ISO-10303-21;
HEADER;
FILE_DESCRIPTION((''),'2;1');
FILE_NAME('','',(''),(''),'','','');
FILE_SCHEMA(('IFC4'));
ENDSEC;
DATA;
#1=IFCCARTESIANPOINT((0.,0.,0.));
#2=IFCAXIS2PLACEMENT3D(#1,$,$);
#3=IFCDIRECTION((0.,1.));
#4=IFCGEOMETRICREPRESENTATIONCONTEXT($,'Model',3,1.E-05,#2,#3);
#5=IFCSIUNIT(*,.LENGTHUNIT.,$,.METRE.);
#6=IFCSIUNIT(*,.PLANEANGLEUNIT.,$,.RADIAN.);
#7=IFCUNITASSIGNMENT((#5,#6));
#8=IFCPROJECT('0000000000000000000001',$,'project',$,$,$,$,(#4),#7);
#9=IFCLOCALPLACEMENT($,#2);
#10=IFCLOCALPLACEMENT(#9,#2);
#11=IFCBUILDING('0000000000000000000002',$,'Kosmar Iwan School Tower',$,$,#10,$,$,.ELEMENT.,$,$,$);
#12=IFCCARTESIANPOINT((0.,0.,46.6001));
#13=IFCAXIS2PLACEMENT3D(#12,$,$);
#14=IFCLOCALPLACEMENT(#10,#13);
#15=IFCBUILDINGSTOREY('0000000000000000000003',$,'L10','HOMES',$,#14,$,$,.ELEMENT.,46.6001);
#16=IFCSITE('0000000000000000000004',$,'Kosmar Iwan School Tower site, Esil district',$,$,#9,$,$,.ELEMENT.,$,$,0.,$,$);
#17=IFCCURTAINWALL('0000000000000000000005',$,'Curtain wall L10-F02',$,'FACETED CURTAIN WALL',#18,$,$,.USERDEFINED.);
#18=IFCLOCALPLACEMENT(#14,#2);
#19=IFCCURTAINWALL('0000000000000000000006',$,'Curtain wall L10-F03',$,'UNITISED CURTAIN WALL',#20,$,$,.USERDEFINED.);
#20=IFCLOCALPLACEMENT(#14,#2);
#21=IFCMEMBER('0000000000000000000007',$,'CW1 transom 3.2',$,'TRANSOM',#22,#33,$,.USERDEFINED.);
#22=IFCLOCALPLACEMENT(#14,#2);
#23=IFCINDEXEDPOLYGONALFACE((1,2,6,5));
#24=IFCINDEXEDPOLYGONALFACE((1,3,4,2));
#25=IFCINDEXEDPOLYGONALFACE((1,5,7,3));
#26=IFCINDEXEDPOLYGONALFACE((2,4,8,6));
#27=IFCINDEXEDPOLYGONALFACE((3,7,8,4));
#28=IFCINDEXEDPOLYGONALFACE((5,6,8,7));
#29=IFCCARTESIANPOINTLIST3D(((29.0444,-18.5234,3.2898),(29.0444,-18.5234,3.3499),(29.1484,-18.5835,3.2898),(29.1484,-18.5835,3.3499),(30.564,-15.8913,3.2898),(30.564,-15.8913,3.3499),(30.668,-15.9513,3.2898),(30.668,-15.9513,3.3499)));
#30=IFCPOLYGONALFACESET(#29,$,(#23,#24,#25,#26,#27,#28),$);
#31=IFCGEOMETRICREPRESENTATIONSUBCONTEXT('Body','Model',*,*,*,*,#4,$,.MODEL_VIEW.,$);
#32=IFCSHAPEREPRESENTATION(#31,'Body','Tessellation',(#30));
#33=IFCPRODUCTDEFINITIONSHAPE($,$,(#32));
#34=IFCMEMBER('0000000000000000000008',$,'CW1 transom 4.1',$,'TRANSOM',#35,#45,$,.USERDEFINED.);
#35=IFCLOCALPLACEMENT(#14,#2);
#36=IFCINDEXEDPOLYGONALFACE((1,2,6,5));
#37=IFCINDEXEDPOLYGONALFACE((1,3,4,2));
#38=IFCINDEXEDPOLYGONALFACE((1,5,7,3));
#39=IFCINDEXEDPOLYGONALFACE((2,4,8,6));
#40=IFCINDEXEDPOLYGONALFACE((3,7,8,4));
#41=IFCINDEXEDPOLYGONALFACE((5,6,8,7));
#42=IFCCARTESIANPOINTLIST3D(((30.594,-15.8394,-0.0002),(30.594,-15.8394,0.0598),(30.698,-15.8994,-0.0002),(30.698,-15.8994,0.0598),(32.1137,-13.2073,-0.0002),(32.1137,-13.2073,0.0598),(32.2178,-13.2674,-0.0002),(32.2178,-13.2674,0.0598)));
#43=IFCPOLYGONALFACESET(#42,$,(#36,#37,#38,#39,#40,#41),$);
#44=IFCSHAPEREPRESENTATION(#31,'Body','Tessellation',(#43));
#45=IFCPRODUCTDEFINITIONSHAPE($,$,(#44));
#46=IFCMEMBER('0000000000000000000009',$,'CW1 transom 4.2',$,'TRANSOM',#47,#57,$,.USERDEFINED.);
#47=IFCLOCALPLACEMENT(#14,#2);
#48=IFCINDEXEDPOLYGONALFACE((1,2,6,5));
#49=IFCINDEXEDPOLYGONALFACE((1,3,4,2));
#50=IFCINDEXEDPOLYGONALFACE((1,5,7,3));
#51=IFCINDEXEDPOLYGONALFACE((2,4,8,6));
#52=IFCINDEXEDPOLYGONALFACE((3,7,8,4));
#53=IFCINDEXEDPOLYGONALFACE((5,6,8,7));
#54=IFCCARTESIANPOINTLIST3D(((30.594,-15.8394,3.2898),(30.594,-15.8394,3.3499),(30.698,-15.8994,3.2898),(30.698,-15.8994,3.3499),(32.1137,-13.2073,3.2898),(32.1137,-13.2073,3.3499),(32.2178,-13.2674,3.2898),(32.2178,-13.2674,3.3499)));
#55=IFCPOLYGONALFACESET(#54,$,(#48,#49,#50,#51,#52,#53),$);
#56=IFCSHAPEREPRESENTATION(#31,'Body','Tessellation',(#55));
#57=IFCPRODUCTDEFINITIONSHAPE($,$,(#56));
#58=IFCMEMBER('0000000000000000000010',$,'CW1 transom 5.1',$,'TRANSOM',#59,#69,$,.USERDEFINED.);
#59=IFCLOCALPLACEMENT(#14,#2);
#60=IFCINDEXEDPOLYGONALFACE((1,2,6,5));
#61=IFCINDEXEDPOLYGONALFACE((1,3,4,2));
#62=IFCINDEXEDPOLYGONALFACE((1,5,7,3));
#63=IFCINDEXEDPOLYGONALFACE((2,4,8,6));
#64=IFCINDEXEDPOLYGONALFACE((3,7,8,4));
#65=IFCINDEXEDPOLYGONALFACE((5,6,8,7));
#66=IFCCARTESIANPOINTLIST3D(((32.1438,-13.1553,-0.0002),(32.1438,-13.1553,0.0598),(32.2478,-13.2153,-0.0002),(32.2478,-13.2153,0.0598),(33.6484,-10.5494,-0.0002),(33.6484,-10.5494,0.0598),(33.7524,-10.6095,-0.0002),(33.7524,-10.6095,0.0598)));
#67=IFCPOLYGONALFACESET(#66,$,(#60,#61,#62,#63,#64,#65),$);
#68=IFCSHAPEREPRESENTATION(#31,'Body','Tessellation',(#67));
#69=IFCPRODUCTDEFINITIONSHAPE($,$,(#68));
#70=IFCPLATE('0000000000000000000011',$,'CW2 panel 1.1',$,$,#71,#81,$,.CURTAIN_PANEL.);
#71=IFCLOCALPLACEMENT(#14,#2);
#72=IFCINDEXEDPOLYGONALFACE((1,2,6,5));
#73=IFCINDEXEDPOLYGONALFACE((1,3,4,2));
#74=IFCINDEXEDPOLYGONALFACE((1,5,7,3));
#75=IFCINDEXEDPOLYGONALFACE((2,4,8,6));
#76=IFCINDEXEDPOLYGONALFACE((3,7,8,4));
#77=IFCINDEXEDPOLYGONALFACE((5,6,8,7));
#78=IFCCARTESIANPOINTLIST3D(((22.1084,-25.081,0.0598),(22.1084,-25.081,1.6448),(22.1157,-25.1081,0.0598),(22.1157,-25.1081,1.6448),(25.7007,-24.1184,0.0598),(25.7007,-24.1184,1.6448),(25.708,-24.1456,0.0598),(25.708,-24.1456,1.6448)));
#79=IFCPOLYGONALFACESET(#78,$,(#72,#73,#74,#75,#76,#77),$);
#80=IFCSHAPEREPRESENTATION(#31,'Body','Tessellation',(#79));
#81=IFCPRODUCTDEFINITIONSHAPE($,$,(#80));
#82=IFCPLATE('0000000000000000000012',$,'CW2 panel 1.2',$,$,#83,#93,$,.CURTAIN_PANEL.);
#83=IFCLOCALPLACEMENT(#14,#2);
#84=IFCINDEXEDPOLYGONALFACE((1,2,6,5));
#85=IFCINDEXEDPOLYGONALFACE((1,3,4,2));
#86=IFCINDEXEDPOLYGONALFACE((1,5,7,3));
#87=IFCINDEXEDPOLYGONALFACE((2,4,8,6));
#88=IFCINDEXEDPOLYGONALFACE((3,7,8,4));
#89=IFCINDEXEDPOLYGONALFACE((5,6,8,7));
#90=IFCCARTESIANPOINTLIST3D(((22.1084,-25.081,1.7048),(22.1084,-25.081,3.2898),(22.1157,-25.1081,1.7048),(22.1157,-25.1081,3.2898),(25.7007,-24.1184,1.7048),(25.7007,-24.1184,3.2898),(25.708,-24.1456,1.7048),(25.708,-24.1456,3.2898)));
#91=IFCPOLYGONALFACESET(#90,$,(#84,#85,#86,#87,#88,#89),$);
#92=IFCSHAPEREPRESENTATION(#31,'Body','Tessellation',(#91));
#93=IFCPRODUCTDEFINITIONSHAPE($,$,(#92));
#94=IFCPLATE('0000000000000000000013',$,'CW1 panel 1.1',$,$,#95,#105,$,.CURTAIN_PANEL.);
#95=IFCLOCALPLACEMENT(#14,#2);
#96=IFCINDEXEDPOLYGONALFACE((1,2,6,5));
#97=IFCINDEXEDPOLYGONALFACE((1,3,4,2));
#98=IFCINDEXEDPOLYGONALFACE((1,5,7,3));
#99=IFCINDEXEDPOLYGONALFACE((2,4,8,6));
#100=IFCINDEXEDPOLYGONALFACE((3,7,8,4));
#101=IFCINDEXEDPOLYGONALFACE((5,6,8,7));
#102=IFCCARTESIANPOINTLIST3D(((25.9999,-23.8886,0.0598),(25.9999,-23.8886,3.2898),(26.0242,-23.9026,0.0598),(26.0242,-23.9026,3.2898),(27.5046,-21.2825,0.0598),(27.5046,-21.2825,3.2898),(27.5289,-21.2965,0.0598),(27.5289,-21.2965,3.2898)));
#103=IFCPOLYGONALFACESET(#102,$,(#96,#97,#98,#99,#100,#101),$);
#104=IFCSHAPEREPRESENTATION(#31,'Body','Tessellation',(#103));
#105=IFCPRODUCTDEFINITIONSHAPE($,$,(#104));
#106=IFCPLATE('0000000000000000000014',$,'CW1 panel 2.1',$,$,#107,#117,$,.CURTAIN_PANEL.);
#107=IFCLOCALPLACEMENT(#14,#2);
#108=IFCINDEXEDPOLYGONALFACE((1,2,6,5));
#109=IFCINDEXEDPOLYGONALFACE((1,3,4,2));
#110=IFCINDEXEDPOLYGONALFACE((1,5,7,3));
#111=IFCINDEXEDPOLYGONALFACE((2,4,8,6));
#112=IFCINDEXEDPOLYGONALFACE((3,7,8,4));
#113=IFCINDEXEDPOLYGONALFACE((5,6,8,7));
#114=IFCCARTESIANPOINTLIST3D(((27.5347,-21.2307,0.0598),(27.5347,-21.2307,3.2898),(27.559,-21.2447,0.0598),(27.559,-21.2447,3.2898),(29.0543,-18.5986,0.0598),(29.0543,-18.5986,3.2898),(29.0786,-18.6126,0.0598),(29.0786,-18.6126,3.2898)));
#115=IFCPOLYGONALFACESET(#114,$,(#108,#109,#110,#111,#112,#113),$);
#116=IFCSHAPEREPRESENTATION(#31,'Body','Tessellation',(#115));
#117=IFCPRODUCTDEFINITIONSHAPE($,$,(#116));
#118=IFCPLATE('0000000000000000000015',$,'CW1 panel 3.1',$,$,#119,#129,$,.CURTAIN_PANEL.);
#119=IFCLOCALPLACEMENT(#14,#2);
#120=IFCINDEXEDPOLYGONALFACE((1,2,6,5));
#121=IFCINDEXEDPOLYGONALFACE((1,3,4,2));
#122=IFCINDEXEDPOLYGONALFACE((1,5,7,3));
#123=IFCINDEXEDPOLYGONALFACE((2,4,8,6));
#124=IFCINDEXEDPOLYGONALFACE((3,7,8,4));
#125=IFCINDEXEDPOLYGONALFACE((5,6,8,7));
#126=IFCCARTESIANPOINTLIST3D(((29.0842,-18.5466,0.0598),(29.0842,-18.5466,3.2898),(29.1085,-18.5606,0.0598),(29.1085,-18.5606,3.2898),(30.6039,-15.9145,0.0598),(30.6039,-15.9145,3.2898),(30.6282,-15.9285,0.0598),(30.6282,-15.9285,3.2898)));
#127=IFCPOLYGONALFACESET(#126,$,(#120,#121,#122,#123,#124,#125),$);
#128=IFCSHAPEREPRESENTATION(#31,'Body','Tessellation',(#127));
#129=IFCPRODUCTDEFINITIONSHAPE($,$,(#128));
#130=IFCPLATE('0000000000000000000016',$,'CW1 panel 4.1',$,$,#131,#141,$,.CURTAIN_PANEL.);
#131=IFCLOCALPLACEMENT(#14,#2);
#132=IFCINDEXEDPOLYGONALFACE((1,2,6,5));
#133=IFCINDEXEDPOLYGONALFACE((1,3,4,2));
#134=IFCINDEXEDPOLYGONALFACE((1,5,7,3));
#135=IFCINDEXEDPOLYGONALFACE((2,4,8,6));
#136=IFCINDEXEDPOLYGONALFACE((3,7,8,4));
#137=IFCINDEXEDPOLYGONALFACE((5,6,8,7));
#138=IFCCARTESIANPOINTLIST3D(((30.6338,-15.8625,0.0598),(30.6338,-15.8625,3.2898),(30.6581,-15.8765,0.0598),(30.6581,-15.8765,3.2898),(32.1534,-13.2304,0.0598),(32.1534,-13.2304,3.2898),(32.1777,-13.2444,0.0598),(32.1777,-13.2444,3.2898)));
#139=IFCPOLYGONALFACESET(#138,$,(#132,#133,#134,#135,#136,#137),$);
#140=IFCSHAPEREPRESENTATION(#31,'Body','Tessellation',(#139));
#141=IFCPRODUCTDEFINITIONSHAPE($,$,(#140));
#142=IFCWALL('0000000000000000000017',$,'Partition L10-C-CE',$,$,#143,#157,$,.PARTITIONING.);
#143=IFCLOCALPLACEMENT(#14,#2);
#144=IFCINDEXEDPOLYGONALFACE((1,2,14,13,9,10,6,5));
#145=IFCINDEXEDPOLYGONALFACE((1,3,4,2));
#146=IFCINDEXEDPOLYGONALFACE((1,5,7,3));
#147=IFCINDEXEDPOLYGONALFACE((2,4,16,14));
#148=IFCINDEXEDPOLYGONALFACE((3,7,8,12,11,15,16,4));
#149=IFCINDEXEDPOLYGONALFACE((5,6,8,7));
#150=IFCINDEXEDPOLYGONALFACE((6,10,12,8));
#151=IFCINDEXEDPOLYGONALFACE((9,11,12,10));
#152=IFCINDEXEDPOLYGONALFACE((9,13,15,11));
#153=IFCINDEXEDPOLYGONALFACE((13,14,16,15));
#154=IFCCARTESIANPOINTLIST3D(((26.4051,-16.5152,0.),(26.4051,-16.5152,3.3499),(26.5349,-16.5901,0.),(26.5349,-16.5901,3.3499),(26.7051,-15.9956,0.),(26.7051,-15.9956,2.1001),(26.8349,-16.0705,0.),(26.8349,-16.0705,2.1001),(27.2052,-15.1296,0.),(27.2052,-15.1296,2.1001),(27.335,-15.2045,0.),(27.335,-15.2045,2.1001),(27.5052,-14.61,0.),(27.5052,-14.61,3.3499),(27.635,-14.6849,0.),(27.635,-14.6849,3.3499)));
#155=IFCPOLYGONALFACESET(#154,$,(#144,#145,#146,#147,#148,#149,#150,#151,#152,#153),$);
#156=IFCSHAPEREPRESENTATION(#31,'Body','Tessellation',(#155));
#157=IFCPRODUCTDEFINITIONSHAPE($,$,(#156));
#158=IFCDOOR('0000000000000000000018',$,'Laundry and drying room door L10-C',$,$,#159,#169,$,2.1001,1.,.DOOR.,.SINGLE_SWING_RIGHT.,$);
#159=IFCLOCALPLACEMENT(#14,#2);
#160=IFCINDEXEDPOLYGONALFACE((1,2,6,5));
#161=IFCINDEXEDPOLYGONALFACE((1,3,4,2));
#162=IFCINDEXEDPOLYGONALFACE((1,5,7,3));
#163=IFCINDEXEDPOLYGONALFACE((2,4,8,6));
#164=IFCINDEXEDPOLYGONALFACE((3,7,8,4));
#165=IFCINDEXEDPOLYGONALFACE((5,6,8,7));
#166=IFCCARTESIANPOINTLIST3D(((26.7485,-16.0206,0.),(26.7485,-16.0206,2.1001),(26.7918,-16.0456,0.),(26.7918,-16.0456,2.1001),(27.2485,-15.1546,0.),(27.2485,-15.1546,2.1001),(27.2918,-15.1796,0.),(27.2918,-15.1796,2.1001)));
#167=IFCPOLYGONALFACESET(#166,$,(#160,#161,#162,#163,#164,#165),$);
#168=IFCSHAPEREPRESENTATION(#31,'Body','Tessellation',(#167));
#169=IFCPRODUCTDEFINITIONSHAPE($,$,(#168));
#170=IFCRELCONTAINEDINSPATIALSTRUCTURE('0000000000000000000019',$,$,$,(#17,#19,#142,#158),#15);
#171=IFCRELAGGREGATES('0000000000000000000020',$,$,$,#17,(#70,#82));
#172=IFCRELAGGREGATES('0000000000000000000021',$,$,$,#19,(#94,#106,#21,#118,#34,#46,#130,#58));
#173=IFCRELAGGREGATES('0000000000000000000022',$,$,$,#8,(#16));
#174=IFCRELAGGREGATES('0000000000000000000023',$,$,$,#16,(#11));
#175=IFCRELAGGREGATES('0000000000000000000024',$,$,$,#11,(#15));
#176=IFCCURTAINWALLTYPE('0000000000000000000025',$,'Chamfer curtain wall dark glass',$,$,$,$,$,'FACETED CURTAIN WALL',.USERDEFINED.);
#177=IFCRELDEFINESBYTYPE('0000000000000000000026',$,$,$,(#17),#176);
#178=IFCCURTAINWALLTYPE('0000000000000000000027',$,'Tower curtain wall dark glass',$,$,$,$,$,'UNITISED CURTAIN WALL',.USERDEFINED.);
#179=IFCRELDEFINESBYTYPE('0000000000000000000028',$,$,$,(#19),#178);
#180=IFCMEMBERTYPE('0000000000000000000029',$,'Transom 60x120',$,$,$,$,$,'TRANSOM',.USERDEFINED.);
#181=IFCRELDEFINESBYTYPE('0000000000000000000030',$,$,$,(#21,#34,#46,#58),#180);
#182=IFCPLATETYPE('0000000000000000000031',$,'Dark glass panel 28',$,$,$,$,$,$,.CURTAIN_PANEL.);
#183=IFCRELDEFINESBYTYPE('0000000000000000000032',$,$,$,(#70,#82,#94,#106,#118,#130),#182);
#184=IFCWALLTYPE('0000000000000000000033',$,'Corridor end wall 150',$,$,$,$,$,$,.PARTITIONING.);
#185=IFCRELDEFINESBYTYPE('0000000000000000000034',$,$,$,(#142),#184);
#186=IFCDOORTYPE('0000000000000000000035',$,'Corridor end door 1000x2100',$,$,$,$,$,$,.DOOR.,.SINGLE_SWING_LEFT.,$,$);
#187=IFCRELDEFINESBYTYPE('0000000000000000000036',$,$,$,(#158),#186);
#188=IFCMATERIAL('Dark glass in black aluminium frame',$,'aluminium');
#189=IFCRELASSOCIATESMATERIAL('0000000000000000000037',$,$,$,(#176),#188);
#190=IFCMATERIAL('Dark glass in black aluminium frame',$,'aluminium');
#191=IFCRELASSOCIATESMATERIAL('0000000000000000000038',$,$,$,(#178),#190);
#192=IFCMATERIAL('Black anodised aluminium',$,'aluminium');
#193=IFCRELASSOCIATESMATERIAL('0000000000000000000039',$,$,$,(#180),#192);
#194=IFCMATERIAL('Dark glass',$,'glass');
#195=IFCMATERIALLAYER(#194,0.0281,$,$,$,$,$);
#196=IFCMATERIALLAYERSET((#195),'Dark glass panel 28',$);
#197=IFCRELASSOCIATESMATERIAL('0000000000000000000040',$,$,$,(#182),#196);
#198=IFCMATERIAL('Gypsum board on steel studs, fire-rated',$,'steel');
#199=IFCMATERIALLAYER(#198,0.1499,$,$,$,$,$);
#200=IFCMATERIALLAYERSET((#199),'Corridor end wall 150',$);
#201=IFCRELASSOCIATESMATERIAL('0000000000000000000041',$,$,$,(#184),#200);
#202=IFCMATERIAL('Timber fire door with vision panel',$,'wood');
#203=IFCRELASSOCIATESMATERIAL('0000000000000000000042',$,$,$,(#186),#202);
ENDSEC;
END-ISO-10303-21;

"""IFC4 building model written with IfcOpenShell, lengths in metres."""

from ifc_helpers import new_model, si_unit, direction, frame, frame_2d, origin, origin_2d, place, context, subcontext, project, spatial, rectangle, extrude, material, layer, layer_set, material_profile, profile_set, type_object, element, fill, aggregate, save


model = new_model("IFC4")

# Units and contexts
model_context = context("Model", 3, precision=1e-05, world=origin(), true_north=direction((0.0, 1.0)))
body_context = subcontext(model_context, "Body", "Model", "MODEL_VIEW")
ifc_project = project(units=[si_unit("LENGTHUNIT", "METRE"), si_unit("PLANEANGLEUNIT", "RADIAN")], contexts=[model_context])

# Site, building, storey
site_placement = place(None, origin())
site = spatial("IfcSite", under=ifc_project, at=site_placement, Name="Kosmar Iwan School Tower site, Esil district", CompositionType="ELEMENT", RefElevation=0.0)
building_placement = place(site_placement, origin())
building = spatial("IfcBuilding", under=site, at=building_placement, Name="Kosmar Iwan School Tower", CompositionType="ELEMENT")
storey_placement = place(building_placement, frame((0.0, 0.0, 46.6001)))
storey = spatial("IfcBuildingStorey", under=building, at=storey_placement, Name="L10", Description="HOMES", CompositionType="ELEMENT", Elevation=46.6001)

# Curtain wall
ifc_material_1 = material(Name="Dark glass in black aluminium frame", Category="aluminium")
curtain_wall_type_1 = type_object("IfcCurtainWallType", Name="Chamfer curtain wall dark glass", ElementType="FACETED CURTAIN WALL", PredefinedType="USERDEFINED", material=ifc_material_1)
curtain_wall_1_placement = place(storey_placement, origin())
curtain_wall_1 = element("IfcCurtainWall", 1, at=curtain_wall_1_placement, inside=storey, type_object=curtain_wall_type_1, Name="Curtain wall L10-F02", ObjectType="FACETED CURTAIN WALL", PredefinedType="USERDEFINED")

# Curtain wall
ifc_material_2 = material(Name="Dark glass in black aluminium frame", Category="aluminium")
curtain_wall_type_2 = type_object("IfcCurtainWallType", Name="Tower curtain wall dark glass", ElementType="UNITISED CURTAIN WALL", PredefinedType="USERDEFINED", material=ifc_material_2)
curtain_wall_2_placement = place(storey_placement, origin())
curtain_wall_2 = element("IfcCurtainWall", 2, at=curtain_wall_2_placement, inside=storey, type_object=curtain_wall_type_2, Name="Curtain wall L10-F03", ObjectType="UNITISED CURTAIN WALL", PredefinedType="USERDEFINED")

# Members
ifc_material_3 = material(Name="Black anodised aluminium", Category="aluminium")
ifc_material_profile_1 = material_profile(ifc_material_3, rectangle(XDim=0.1201, YDim=0.0601, at=origin_2d()), Name="TRANSOM 60x120")
ifc_profile_set_1 = profile_set([ifc_material_profile_1], Name="Black anodised aluminium")
member_type_1 = type_object("IfcMemberType", Name="Transom 60x120", ElementType="TRANSOM", PredefinedType="USERDEFINED", material=ifc_profile_set_1)
member_1_placement = place(storey_placement, frame((29.0964, -18.5535, 3.3198), z_axis=(0.499975, 0.86604, 0.0), x_axis=(-0.86604, 0.499975, 0.0)))
member_1 = element("IfcMember", 3, at=member_1_placement, type_object=member_type_1, Name="CW1 transom 3.2", ObjectType="TRANSOM", PredefinedType="USERDEFINED", context=body_context, shape_type="SweptSolid", body=[
    extrude(rectangle(XDim=0.1201, YDim=0.0601, at=origin_2d()), origin(), (0.0, 0.0, 1.0), 3.0393),
])
member_2_placement = place(storey_placement, frame((30.646, -15.8694, 0.0298), z_axis=(0.500035, 0.866005, 0.0), x_axis=(-0.866005, 0.500035, 0.0)))
member_2 = element("IfcMember", 4, at=member_2_placement, type_object=member_type_1, Name="CW1 transom 4.1", ObjectType="TRANSOM", PredefinedType="USERDEFINED", context=body_context, shape_type="SweptSolid", body=[
    extrude(rectangle(XDim=0.1201, YDim=0.0601, at=origin_2d()), origin(), (0.0, 0.0, 1.0), 3.0393),
])
member_3_placement = place(storey_placement, frame((30.646, -15.8694, 3.3198), z_axis=(0.500035, 0.866005, 0.0), x_axis=(-0.866005, 0.500035, 0.0)))
member_3 = element("IfcMember", 5, at=member_3_placement, type_object=member_type_1, Name="CW1 transom 4.2", ObjectType="TRANSOM", PredefinedType="USERDEFINED", context=body_context, shape_type="SweptSolid", body=[
    extrude(rectangle(XDim=0.1201, YDim=0.0601, at=origin_2d()), origin(), (0.0, 0.0, 1.0), 3.0393),
])
member_4_placement = place(storey_placement, frame((32.1958, -13.1853, 0.0298), z_axis=(0.500022, 0.866013, 0.0), x_axis=(-0.866013, 0.500022, 0.0)))
member_4 = element("IfcMember", 6, at=member_4_placement, type_object=member_type_1, Name="CW1 transom 5.1", ObjectType="TRANSOM", PredefinedType="USERDEFINED", context=body_context, shape_type="SweptSolid", body=[
    extrude(rectangle(XDim=0.1201, YDim=0.0601, at=origin_2d()), origin(), (0.0, 0.0, 1.0), 3.009),
])

# Plates
ifc_material_4 = material(Name="Dark glass", Category="glass")
ifc_layer_1 = layer(ifc_material_4, 0.0281)
ifc_layer_set_1 = layer_set([ifc_layer_1], Name="Dark glass panel 28")
plate_type = type_object("IfcPlateType", Name="Dark glass panel 28", PredefinedType="CURTAIN_PANEL", material=ifc_layer_set_1)
plate_1_placement = place(storey_placement, frame((23.9082, -24.6133, 0.0598), z_axis=(0.0, 0.0, 1.0), x_axis=(0.965926, 0.258819, 0.0)))
plate_1 = element("IfcPlate", 7, at=plate_1_placement, type_object=plate_type, Name="CW2 panel 1.1", PredefinedType="CURTAIN_PANEL", context=body_context, shape_type="SweptSolid", body=[
    extrude(rectangle(XDim=3.719, YDim=0.0281, at=origin_2d()), origin(), (0.0, 0.0, 1.0), 1.585),
])
plate_2_placement = place(storey_placement, frame((23.9082, -24.6133, 1.7048), z_axis=(0.0, 0.0, 1.0), x_axis=(0.965926, 0.258819, 0.0)))
plate_2 = element("IfcPlate", 8, at=plate_2_placement, type_object=plate_type, Name="CW2 panel 1.2", PredefinedType="CURTAIN_PANEL", context=body_context, shape_type="SweptSolid", body=[
    extrude(rectangle(XDim=3.719, YDim=0.0281, at=origin_2d()), origin(), (0.0, 0.0, 1.0), 1.585),
])
aggregate(curtain_wall_1, [plate_1, plate_2])
plate_3_placement = place(storey_placement, frame((26.7644, -22.5925, 0.0598), z_axis=(0.0, 0.0, 1.0), x_axis=(0.5, 0.866025, 0.0)))
plate_3 = element("IfcPlate", 9, at=plate_3_placement, type_object=plate_type, Name="CW1 panel 1.1", PredefinedType="CURTAIN_PANEL", context=body_context, shape_type="SweptSolid", body=[
    extrude(rectangle(XDim=3.0093, YDim=0.0281, at=origin_2d()), origin(), (0.0, 0.0, 1.0), 3.23),
])
plate_4_placement = place(storey_placement, frame((28.3066, -19.9216, 0.0598), z_axis=(0.0, 0.0, 1.0), x_axis=(0.5, 0.866025, 0.0)))
plate_4 = element("IfcPlate", 10, at=plate_4_placement, type_object=plate_type, Name="CW1 panel 2.1", PredefinedType="CURTAIN_PANEL", context=body_context, shape_type="SweptSolid", body=[
    extrude(rectangle(XDim=3.0393, YDim=0.0281, at=origin_2d()), origin(), (0.0, 0.0, 1.0), 3.23),
])
plate_5_placement = place(storey_placement, frame((29.8562, -17.2375, 0.0598), z_axis=(0.0, 0.0, 1.0), x_axis=(0.5, 0.866025, 0.0)))
plate_5 = element("IfcPlate", 11, at=plate_5_placement, type_object=plate_type, Name="CW1 panel 3.1", PredefinedType="CURTAIN_PANEL", context=body_context, shape_type="SweptSolid", body=[
    extrude(rectangle(XDim=3.0393, YDim=0.0281, at=origin_2d()), origin(), (0.0, 0.0, 1.0), 3.23),
])
plate_6_placement = place(storey_placement, frame((31.4058, -14.5535, 0.0598), z_axis=(0.0, 0.0, 1.0), x_axis=(0.5, 0.866025, 0.0)))
plate_6 = element("IfcPlate", 12, at=plate_6_placement, type_object=plate_type, Name="CW1 panel 4.1", PredefinedType="CURTAIN_PANEL", context=body_context, shape_type="SweptSolid", body=[
    extrude(rectangle(XDim=3.0393, YDim=0.0281, at=origin_2d()), origin(), (0.0, 0.0, 1.0), 3.23),
])
aggregate(curtain_wall_2, [plate_3, plate_4, member_1, plate_5, member_2, member_3, plate_6, member_4])

# Wall, opening, door
ifc_material_5 = material(Name="Gypsum board on steel studs, fire-rated", Category="steel")
ifc_layer_2 = layer(ifc_material_5, 0.1499)
ifc_layer_set_2 = layer_set([ifc_layer_2], Name="Corridor end wall 150")
wall_type_1 = type_object("IfcWallType", Name="Corridor end wall 150", PredefinedType="PARTITIONING", material=ifc_layer_set_2)
wall_1_placement = place(storey_placement, frame((26.47, -16.5527, 0.0), z_axis=(0.0, 0.0, 1.0), x_axis=(0.50003, 0.866008, 0.0)))
wall_1 = element("IfcWall", 13, at=wall_1_placement, inside=storey, type_object=wall_type_1, Name="Partition L10-C-CE", PredefinedType="PARTITIONING", context=body_context, shape_type="SweptSolid", body=[
    extrude(rectangle(XDim=2.2, YDim=0.1499, at=frame_2d((1.1001, 0.0))), origin(), (0.0, 0.0, 1.0), 3.3499),
])
opening_1_placement = place(wall_1_placement, frame((0.6001, 0.0, 0.0)))
opening_1 = element("IfcOpeningElement", 14, at=opening_1_placement, cuts=wall_1, PredefinedType="OPENING", context=body_context, shape_type="SweptSolid", body=[
    extrude(rectangle(XDim=1.0, YDim=2.1001, at=frame_2d((0.5, 1.05))), frame((0.0, 0.0869, 0.0), z_axis=(0.0, -1.0, 0.0), x_axis=(1.0, 0.0, 0.0)), (0.0, 0.0, 1.0), 0.1738),
])
ifc_material_6 = material(Name="Timber fire door with vision panel", Category="wood")
door_type_1 = type_object("IfcDoorType", Name="Corridor end door 1000x2100", OperationType="SINGLE_SWING_LEFT", PredefinedType="DOOR", material=ifc_material_6)
door_1_placement = place(opening_1_placement, origin())
door_1 = element("IfcDoor", 15, at=door_1_placement, inside=storey, type_object=door_type_1, Name="Laundry and drying room door L10-C", OperationType="SINGLE_SWING_RIGHT", OverallHeight=2.1001, OverallWidth=1.0, PredefinedType="DOOR", context=body_context, shape_type="SweptSolid", body=[
    extrude(rectangle(XDim=1.0, YDim=2.1001, at=frame_2d((0.5, 1.05))), frame((0.0, 0.0249, 0.0), z_axis=(0.0, -1.0, 0.0), x_axis=(1.0, 0.0, 0.0)), (0.0, 0.0, 1.0), 0.05),
])
fill(opening_1, door_1)

save(model, "model.ifc")
